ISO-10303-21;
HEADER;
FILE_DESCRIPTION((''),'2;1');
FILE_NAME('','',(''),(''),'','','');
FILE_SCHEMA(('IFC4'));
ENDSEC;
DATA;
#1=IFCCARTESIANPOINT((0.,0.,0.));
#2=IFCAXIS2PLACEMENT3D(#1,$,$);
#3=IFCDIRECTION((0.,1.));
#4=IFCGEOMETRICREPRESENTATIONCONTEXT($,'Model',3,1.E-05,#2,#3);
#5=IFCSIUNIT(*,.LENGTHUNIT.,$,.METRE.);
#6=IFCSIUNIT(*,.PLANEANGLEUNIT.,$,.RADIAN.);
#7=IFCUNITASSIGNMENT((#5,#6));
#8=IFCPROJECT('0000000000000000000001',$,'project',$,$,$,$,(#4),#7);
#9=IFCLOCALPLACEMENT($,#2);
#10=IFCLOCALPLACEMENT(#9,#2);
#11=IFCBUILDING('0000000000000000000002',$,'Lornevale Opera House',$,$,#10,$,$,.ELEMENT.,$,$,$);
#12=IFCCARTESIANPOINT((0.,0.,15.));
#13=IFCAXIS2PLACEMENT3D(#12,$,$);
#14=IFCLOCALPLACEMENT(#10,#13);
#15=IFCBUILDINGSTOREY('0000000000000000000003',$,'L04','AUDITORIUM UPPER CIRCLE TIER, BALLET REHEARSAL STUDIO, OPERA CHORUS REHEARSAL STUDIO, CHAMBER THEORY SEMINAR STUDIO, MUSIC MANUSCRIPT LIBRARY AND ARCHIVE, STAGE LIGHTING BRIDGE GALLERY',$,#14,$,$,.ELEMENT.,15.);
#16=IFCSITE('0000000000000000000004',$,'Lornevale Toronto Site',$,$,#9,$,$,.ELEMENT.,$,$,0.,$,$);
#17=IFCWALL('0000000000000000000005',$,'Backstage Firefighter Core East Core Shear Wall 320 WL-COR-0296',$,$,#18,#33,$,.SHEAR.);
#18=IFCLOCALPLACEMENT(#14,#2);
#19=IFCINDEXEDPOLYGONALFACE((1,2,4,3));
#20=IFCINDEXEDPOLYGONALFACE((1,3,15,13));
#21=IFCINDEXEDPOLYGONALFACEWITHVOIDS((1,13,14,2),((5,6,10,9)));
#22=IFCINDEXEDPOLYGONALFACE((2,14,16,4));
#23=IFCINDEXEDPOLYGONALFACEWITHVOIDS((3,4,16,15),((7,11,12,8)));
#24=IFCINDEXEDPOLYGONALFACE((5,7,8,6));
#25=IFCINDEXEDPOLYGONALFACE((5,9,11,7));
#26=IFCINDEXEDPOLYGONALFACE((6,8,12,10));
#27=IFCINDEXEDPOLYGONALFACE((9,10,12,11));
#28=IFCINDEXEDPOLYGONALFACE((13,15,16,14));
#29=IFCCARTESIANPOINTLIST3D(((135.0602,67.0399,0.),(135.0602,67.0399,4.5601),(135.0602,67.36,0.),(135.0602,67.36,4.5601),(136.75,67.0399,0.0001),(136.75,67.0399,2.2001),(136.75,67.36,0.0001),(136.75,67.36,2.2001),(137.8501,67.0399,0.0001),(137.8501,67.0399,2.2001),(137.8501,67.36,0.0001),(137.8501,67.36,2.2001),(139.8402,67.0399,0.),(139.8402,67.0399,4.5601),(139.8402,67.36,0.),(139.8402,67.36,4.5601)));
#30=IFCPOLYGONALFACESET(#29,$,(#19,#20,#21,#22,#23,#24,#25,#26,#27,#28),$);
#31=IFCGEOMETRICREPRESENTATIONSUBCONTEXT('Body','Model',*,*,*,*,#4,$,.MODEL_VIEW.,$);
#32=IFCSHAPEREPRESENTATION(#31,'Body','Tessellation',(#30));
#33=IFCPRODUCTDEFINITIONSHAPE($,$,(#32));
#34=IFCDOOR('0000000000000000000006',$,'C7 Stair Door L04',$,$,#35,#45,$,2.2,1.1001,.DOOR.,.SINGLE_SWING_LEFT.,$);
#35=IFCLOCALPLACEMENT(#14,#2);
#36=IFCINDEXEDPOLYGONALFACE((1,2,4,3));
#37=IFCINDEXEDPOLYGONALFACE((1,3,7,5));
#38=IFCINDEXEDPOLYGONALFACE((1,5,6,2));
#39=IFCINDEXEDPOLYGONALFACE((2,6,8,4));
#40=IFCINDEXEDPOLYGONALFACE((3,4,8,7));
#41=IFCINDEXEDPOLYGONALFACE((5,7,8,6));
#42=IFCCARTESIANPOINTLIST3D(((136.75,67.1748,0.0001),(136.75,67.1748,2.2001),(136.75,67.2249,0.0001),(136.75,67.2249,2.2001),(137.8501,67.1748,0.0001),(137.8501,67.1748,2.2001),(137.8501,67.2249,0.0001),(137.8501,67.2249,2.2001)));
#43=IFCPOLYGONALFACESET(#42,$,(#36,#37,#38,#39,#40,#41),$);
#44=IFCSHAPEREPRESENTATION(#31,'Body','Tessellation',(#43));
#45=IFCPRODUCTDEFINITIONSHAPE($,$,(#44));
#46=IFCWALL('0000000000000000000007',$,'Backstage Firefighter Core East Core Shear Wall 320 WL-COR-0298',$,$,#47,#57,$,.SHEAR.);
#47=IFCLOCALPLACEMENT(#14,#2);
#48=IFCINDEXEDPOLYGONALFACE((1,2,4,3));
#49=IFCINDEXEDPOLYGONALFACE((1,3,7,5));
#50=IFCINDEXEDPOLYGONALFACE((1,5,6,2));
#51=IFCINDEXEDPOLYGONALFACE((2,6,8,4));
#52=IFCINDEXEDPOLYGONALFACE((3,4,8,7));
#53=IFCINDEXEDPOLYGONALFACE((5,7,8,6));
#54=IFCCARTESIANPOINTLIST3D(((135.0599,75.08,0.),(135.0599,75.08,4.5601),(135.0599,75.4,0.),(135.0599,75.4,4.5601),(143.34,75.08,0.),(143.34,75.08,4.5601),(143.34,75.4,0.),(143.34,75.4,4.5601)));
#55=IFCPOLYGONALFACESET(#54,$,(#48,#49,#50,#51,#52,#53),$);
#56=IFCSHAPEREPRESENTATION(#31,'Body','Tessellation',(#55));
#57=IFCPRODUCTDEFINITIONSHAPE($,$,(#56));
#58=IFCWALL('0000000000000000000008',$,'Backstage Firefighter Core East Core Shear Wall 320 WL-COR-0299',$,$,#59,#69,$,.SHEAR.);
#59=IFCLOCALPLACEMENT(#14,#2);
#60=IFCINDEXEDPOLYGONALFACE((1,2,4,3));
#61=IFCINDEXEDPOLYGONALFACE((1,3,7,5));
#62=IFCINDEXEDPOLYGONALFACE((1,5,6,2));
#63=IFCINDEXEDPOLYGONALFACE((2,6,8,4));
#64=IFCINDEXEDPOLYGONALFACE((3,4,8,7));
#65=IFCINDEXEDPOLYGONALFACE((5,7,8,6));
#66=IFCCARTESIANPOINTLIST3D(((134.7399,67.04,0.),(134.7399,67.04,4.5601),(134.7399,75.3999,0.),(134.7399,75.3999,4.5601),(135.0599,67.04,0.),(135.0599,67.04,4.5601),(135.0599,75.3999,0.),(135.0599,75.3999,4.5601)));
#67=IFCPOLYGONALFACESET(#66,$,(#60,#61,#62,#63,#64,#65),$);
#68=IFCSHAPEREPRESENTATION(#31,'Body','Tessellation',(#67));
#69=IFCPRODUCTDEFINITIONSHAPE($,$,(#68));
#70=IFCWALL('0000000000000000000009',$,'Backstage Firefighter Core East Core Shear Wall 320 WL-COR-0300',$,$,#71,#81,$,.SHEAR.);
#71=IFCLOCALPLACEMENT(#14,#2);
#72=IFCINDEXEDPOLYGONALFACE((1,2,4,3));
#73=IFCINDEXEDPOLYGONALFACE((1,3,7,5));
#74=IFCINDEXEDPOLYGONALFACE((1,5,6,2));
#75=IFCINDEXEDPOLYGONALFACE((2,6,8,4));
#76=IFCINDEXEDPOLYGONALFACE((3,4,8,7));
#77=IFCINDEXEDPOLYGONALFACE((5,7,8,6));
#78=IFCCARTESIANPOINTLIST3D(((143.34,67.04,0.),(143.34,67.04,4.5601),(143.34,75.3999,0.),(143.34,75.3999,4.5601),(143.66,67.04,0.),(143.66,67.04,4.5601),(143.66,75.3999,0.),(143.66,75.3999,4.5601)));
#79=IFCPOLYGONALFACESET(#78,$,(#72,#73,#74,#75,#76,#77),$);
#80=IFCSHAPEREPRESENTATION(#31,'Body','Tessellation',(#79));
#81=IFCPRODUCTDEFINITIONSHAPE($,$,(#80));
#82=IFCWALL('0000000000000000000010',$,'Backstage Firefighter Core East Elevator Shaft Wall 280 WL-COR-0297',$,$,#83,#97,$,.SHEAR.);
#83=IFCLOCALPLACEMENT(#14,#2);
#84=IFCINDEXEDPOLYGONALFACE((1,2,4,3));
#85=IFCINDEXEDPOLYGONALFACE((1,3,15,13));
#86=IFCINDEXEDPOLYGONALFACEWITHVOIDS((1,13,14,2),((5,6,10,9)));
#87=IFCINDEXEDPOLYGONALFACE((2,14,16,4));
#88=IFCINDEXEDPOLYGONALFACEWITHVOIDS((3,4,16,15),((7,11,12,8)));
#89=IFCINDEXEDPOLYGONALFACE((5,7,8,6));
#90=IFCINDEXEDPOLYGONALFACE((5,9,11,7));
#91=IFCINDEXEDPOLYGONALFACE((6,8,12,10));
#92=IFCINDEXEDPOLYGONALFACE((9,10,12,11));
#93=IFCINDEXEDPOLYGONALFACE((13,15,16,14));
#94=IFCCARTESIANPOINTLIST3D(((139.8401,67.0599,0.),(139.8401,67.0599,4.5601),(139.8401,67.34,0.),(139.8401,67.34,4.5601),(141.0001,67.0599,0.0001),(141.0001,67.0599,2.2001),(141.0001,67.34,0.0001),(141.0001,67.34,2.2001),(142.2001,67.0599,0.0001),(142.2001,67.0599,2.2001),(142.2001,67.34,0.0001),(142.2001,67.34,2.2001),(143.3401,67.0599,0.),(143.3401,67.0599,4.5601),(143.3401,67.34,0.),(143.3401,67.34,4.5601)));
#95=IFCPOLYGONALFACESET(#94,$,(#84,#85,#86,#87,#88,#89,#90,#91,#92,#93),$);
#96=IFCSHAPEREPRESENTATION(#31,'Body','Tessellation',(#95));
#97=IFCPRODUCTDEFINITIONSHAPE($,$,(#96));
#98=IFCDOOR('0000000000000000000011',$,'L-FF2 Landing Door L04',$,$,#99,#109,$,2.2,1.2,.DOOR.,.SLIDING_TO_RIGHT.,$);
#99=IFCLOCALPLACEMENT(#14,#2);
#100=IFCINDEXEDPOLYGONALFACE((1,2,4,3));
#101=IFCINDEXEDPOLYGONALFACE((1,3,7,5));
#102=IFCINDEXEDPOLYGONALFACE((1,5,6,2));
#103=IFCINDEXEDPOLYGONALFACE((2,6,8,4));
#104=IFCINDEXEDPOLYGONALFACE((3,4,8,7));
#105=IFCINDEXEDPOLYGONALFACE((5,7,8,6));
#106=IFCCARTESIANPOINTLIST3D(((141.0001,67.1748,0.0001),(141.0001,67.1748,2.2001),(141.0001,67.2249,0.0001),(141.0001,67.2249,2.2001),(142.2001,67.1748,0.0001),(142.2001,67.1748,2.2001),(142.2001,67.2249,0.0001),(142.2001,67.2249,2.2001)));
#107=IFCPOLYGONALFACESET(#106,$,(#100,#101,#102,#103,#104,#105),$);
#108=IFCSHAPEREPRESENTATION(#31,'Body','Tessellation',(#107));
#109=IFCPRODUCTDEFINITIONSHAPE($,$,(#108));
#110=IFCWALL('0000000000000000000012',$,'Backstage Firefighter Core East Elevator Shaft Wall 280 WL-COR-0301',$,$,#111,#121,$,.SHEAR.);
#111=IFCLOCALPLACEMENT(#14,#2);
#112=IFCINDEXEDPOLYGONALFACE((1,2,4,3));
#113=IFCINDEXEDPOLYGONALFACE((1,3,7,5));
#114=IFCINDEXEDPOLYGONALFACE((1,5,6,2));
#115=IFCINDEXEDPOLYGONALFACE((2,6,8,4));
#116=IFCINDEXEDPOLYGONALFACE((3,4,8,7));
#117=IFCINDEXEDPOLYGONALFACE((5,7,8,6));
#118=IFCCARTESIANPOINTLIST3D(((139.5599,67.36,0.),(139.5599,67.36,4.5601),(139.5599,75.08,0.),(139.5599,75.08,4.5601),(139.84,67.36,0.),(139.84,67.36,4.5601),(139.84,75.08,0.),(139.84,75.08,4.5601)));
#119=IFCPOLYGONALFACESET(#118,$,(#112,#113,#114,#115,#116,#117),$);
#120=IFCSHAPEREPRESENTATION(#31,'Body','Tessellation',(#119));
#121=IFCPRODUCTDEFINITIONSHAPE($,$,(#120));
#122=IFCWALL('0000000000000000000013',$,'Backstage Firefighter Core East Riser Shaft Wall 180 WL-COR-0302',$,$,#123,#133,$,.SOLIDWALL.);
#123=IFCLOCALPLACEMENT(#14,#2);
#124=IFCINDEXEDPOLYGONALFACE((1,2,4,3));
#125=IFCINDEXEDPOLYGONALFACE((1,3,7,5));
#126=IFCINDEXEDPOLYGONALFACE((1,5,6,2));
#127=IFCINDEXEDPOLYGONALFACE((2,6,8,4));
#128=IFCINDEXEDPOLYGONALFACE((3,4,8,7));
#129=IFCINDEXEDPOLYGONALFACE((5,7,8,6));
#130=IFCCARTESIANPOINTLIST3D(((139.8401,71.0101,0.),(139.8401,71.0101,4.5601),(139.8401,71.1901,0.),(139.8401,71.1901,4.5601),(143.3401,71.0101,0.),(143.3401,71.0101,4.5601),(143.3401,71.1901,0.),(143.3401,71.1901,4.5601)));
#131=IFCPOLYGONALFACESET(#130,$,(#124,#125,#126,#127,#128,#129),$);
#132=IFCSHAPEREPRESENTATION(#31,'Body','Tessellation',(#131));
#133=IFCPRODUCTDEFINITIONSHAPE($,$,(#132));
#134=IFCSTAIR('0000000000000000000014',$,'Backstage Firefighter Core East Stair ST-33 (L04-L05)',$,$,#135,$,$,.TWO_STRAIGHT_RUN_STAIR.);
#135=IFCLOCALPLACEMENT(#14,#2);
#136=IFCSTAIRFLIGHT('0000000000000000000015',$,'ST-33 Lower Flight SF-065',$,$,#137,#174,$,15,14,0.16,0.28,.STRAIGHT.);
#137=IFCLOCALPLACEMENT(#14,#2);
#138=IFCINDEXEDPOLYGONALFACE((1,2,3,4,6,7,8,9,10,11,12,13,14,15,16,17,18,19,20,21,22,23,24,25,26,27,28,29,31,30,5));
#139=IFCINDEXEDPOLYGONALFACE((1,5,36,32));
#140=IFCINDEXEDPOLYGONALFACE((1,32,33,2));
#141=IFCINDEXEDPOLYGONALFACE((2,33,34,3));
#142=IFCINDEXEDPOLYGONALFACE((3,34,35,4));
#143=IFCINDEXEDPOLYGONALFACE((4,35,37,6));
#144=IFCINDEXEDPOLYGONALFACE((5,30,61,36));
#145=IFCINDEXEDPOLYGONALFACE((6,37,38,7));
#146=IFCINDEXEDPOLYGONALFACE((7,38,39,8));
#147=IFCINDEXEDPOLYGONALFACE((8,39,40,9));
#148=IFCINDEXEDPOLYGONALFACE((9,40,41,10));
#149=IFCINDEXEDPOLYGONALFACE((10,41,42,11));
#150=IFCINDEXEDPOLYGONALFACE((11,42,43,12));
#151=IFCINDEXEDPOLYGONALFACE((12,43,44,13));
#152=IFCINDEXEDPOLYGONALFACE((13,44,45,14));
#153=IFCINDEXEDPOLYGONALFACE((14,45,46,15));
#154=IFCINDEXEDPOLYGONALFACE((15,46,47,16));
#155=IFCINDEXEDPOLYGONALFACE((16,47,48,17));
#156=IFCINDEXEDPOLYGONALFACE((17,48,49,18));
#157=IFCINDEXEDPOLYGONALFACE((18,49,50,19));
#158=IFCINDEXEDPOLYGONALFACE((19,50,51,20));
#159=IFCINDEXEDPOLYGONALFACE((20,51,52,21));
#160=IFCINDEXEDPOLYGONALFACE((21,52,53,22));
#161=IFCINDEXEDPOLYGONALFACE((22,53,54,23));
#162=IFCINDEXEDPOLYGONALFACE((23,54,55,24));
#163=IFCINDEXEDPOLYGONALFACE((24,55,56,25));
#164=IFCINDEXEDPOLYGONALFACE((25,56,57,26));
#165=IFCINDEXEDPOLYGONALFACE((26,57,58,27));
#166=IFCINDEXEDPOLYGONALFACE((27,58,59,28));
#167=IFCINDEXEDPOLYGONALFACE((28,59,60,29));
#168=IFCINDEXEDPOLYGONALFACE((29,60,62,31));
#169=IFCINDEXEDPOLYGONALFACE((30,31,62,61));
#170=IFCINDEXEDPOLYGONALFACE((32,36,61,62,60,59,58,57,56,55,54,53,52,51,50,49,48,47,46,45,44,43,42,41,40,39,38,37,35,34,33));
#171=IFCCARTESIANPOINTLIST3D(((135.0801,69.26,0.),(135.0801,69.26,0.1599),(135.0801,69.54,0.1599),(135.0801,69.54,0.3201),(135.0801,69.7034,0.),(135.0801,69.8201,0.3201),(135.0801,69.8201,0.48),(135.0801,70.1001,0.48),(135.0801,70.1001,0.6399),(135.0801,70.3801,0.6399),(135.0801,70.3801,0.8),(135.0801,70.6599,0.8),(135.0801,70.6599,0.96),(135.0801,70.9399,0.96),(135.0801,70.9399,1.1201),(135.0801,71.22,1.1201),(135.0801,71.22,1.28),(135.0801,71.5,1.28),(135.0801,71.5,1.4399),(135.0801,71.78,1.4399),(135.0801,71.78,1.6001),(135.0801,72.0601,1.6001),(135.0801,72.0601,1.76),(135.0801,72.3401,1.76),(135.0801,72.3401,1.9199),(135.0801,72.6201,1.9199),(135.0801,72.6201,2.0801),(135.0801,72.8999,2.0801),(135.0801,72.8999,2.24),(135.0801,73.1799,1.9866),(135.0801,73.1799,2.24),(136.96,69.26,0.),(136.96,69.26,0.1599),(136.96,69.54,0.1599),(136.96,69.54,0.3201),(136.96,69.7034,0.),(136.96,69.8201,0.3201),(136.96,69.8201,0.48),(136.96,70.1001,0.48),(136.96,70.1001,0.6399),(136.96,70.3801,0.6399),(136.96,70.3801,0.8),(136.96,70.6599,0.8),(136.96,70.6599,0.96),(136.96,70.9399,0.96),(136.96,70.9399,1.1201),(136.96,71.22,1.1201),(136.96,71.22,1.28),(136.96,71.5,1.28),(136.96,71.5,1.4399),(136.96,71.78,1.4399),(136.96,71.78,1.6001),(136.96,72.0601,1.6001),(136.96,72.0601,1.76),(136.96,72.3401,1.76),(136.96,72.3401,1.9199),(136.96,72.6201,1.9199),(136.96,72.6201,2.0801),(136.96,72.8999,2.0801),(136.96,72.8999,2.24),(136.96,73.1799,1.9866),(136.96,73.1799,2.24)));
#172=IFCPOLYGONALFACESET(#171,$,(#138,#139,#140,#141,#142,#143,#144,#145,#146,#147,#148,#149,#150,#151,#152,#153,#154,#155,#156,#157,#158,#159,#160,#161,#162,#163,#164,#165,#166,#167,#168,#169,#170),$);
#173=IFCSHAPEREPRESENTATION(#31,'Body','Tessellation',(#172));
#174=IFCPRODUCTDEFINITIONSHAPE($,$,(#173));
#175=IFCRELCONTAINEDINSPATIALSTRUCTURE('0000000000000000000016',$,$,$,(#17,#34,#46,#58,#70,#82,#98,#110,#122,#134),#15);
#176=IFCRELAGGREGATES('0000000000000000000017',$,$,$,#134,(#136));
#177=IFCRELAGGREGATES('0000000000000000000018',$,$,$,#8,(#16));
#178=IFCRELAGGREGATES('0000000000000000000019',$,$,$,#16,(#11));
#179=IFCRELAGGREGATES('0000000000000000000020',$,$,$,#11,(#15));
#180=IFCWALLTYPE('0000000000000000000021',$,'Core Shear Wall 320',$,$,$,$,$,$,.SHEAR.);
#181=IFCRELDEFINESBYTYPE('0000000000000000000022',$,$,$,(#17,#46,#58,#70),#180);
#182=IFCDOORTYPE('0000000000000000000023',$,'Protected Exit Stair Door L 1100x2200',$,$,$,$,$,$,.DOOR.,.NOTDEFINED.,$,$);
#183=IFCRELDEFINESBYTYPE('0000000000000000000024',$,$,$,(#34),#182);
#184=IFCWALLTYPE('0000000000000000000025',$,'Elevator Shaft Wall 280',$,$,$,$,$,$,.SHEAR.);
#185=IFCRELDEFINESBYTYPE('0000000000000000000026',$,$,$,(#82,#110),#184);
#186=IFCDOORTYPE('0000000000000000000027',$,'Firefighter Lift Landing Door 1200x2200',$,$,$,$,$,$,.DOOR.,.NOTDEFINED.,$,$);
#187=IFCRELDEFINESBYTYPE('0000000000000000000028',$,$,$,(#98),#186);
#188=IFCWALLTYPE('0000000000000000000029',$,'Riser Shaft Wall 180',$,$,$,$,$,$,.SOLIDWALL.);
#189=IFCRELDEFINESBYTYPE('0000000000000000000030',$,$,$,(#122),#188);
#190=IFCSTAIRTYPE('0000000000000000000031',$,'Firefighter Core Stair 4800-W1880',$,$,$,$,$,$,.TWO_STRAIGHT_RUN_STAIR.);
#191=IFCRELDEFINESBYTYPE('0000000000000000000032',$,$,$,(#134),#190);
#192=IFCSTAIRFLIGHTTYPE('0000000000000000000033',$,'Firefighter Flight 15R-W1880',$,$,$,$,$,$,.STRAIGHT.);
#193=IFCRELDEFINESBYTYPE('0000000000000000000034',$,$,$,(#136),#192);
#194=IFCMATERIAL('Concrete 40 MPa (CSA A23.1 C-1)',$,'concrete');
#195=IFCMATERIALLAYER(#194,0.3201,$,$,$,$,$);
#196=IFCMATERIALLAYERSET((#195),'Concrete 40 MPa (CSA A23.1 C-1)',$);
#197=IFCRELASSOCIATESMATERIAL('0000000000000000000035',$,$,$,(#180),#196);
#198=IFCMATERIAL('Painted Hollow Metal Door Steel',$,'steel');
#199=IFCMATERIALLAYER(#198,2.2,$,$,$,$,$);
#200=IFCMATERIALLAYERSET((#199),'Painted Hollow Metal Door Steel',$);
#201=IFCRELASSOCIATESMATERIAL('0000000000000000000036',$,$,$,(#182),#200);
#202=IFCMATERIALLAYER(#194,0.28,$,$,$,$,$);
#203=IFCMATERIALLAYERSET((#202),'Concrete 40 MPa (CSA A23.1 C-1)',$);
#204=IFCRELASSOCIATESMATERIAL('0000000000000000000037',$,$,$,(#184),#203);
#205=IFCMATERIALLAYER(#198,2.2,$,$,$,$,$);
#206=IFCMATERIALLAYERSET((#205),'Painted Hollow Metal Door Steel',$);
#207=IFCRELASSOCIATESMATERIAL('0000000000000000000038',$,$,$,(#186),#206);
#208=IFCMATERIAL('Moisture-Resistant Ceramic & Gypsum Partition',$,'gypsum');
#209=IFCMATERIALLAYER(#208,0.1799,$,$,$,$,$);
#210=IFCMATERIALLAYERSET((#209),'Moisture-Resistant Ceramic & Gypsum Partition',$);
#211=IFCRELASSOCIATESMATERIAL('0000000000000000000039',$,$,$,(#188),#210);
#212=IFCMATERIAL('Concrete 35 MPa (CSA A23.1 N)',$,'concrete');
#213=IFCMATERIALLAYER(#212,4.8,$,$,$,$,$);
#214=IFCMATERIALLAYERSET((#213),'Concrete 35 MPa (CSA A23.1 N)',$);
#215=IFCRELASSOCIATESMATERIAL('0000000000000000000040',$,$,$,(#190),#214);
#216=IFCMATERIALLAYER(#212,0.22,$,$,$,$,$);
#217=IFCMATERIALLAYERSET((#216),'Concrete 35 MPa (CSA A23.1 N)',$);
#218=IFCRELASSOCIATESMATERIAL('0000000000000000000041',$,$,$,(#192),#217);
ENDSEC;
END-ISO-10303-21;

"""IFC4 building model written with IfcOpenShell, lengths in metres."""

from ifc_helpers import new_model, si_unit, direction, frame, frame_2d, origin, place, context, subcontext, project, spatial, polyline, rectangle, outline, extrude, material, layer, layer_set, type_object, element, fill, aggregate, save


model = new_model("IFC4")

# Units and contexts
model_context = context("Model", 3, precision=1e-05, world=origin(), true_north=direction((0.0, 1.0)))
body_context = subcontext(model_context, "Body", "Model", "MODEL_VIEW")
ifc_project = project(units=[si_unit("LENGTHUNIT", "METRE"), si_unit("PLANEANGLEUNIT", "RADIAN")], contexts=[model_context])

# Site, building, storey
site_placement = place(None, origin())
site = spatial("IfcSite", under=ifc_project, at=site_placement, Name="Lornevale Toronto Site", CompositionType="ELEMENT", RefElevation=0.0)
building_placement = place(site_placement, origin())
building = spatial("IfcBuilding", under=site, at=building_placement, Name="Lornevale Opera House", CompositionType="ELEMENT")
storey_placement = place(building_placement, frame((0.0, 0.0, 15.0)))
storey = spatial("IfcBuildingStorey", under=building, at=storey_placement, Name="L04", Description="AUDITORIUM UPPER CIRCLE TIER, BALLET REHEARSAL STUDIO, OPERA CHORUS REHEARSAL STUDIO, CHAMBER THEORY SEMINAR STUDIO, MUSIC MANUSCRIPT LIBRARY AND ARCHIVE, STAGE LIGHTING BRIDGE GALLERY", CompositionType="ELEMENT", Elevation=15.0)

# Wall, opening, door
ifc_material_1 = material(Name="Concrete 40 MPa (CSA A23.1 C-1)", Category="concrete")
ifc_layer_1 = layer(ifc_material_1, 0.3201)
ifc_layer_set_1 = layer_set([ifc_layer_1], Name="Concrete 40 MPa (CSA A23.1 C-1)")
wall_type_1 = type_object("IfcWallType", Name="Core Shear Wall 320", PredefinedType="SHEAR", material=ifc_layer_set_1)
wall_1_placement = place(storey_placement, frame((135.0601, 67.2, 0.0), z_axis=(0.0, 0.0, 1.0), x_axis=(1.0, 0.0, 0.0)))
wall_1 = element("IfcWall", 1, at=wall_1_placement, inside=storey, type_object=wall_type_1, Name="Backstage Firefighter Core East Core Shear Wall 320 WL-COR-0296", PredefinedType="SHEAR", context=body_context, shape_type="SweptSolid", body=[
    extrude(rectangle(XDim=4.78, YDim=0.3201, at=frame_2d((2.3901, 0.0))), origin(), (0.0, 0.0, 1.0), 4.5601),
])
opening_1_placement = place(wall_1_placement, frame((1.6899, 0.0, 0.0)))
opening_1 = element("IfcOpeningElement", 2, at=opening_1_placement, cuts=wall_1, PredefinedType="OPENING", context=body_context, shape_type="SweptSolid", body=[
    extrude(rectangle(XDim=1.1001, YDim=2.2, at=frame_2d((0.55, 1.1001))), frame((0.0, 0.1699, 0.0), z_axis=(0.0, -1.0, 0.0), x_axis=(1.0, 0.0, 0.0)), (0.0, 0.0, 1.0), 0.3401),
])
ifc_material_2 = material(Name="Painted Hollow Metal Door Steel", Category="steel")
ifc_layer_2 = layer(ifc_material_2, 2.2)
ifc_layer_set_2 = layer_set([ifc_layer_2], Name="Painted Hollow Metal Door Steel")
door_type_1 = type_object("IfcDoorType", Name="Protected Exit Stair Door L 1100x2200", OperationType="NOTDEFINED", PredefinedType="DOOR", material=ifc_layer_set_2)
door_1_placement = place(opening_1_placement, origin())
door_1 = element("IfcDoor", 3, at=door_1_placement, inside=storey, type_object=door_type_1, Name="C7 Stair Door L04", OperationType="SINGLE_SWING_LEFT", OverallHeight=2.2, OverallWidth=1.1001, PredefinedType="DOOR", context=body_context, shape_type="SweptSolid", body=[
    extrude(rectangle(XDim=1.1001, YDim=2.2, at=frame_2d((0.55, 1.1001))), frame((0.0, 0.0249, 0.0), z_axis=(0.0, -1.0, 0.0), x_axis=(1.0, 0.0, 0.0)), (0.0, 0.0, 1.0), 0.05),
])
fill(opening_1, door_1)

# Walls
wall_2_placement = place(storey_placement, frame((143.3401, 75.24, 0.0), z_axis=(0.0, 0.0, 1.0), x_axis=(-1.0, 0.0, 0.0)))
element("IfcWall", 4, at=wall_2_placement, inside=storey, type_object=wall_type_1, Name="Backstage Firefighter Core East Core Shear Wall 320 WL-COR-0298", PredefinedType="SHEAR", context=body_context, shape_type="SweptSolid", body=[
    extrude(rectangle(XDim=8.28, YDim=0.3201, at=frame_2d((4.1401, 0.0))), origin(), (0.0, 0.0, 1.0), 4.5601),
])
for number, where, z_axis, x_axis, name in (
    (5, (134.8999, 75.3999, 0.0), (0.0, 0.0, 1.0), (0.0, -1.0, 0.0), "Backstage Firefighter Core East Core Shear Wall 320 WL-COR-0299"),
    (6, (143.5, 67.04, 0.0), (0.0, 0.0, 1.0), (0.0, 1.0, 0.0), "Backstage Firefighter Core East Core Shear Wall 320 WL-COR-0300"),
):
    element("IfcWall", number, at=place(storey_placement, frame(where, z_axis=z_axis, x_axis=x_axis)), inside=storey, type_object=wall_type_1, Name=name, PredefinedType="SHEAR", context=body_context, shape_type="SweptSolid", body=[
        extrude(rectangle(XDim=8.3599, YDim=0.3201, at=frame_2d((4.1799, 0.0))), origin(), (0.0, 0.0, 1.0), 4.5601),
    ])

# Wall, opening, door
ifc_layer_3 = layer(ifc_material_1, 0.28)
ifc_layer_set_3 = layer_set([ifc_layer_3], Name="Concrete 40 MPa (CSA A23.1 C-1)")
wall_type_2 = type_object("IfcWallType", Name="Elevator Shaft Wall 280", PredefinedType="SHEAR", material=ifc_layer_set_3)
wall_3_placement = place(storey_placement, frame((139.8401, 67.2, 0.0), z_axis=(0.0, 0.0, 1.0), x_axis=(1.0, 0.0, 0.0)))
wall_3 = element("IfcWall", 7, at=wall_3_placement, inside=storey, type_object=wall_type_2, Name="Backstage Firefighter Core East Elevator Shaft Wall 280 WL-COR-0297", PredefinedType="SHEAR", context=body_context, shape_type="SweptSolid", body=[
    extrude(rectangle(XDim=3.5, YDim=0.28, at=frame_2d((1.75, 0.0))), origin(), (0.0, 0.0, 1.0), 4.5601),
])
opening_2_placement = place(wall_3_placement, frame((1.1599, 0.0, 0.0)))
opening_2 = element("IfcOpeningElement", 8, at=opening_2_placement, cuts=wall_3, PredefinedType="OPENING", context=body_context, shape_type="SweptSolid", body=[
    extrude(rectangle(XDim=1.2, YDim=2.2, at=frame_2d((0.6001, 1.1001))), frame((0.0, 0.1499, 0.0), z_axis=(0.0, -1.0, 0.0), x_axis=(1.0, 0.0, 0.0)), (0.0, 0.0, 1.0), 0.3),
])
ifc_layer_4 = layer(ifc_material_2, 2.2)
ifc_layer_set_4 = layer_set([ifc_layer_4], Name="Painted Hollow Metal Door Steel")
door_type_2 = type_object("IfcDoorType", Name="Firefighter Lift Landing Door 1200x2200", OperationType="NOTDEFINED", PredefinedType="DOOR", material=ifc_layer_set_4)
door_2_placement = place(opening_2_placement, origin())
door_2 = element("IfcDoor", 9, at=door_2_placement, inside=storey, type_object=door_type_2, Name="L-FF2 Landing Door L04", OperationType="SLIDING_TO_RIGHT", OverallHeight=2.2, OverallWidth=1.2, PredefinedType="DOOR", context=body_context, shape_type="SweptSolid", body=[
    extrude(rectangle(XDim=1.2, YDim=2.2, at=frame_2d((0.6001, 1.1001))), frame((0.0, 0.0249, 0.0), z_axis=(0.0, -1.0, 0.0), x_axis=(1.0, 0.0, 0.0)), (0.0, 0.0, 1.0), 0.05),
])
fill(opening_2, door_2)

# Walls
wall_4_placement = place(storey_placement, frame((139.7, 67.3601, 0.0), z_axis=(0.0, 0.0, 1.0), x_axis=(0.0, 1.0, 0.0)))
element("IfcWall", 10, at=wall_4_placement, inside=storey, type_object=wall_type_2, Name="Backstage Firefighter Core East Elevator Shaft Wall 280 WL-COR-0301", PredefinedType="SHEAR", context=body_context, shape_type="SweptSolid", body=[
    extrude(rectangle(XDim=7.72, YDim=0.28, at=frame_2d((3.8599, 0.0))), origin(), (0.0, 0.0, 1.0), 4.5601),
])
ifc_material_3 = material(Name="Moisture-Resistant Ceramic & Gypsum Partition", Category="gypsum")
ifc_layer_5 = layer(ifc_material_3, 0.1799)
ifc_layer_set_5 = layer_set([ifc_layer_5], Name="Moisture-Resistant Ceramic & Gypsum Partition")
wall_type_3 = type_object("IfcWallType", Name="Riser Shaft Wall 180", PredefinedType="SOLIDWALL", material=ifc_layer_set_5)
wall_5_placement = place(storey_placement, frame((139.8401, 71.1001, 0.0), z_axis=(0.0, 0.0, 1.0), x_axis=(1.0, 0.0, 0.0)))
element("IfcWall", 11, at=wall_5_placement, inside=storey, type_object=wall_type_3, Name="Backstage Firefighter Core East Riser Shaft Wall 180 WL-COR-0302", PredefinedType="SOLIDWALL", context=body_context, shape_type="SweptSolid", body=[
    extrude(rectangle(XDim=3.5, YDim=0.1799, at=frame_2d((1.75, 0.0))), origin(), (0.0, 0.0, 1.0), 4.5601),
])

# Stair, stair flight
ifc_material_4 = material(Name="Concrete 35 MPa (CSA A23.1 N)", Category="concrete")
ifc_layer_6 = layer(ifc_material_4, 4.8)
ifc_layer_set_6 = layer_set([ifc_layer_6], Name="Concrete 35 MPa (CSA A23.1 N)")
stair_type = type_object("IfcStairType", Name="Firefighter Core Stair 4800-W1880", PredefinedType="TWO_STRAIGHT_RUN_STAIR", material=ifc_layer_set_6)
stair_placement = place(storey_placement, origin())
stair = element("IfcStair", 12, at=stair_placement, inside=storey, type_object=stair_type, Name="Backstage Firefighter Core East Stair ST-33 (L04-L05)", PredefinedType="TWO_STRAIGHT_RUN_STAIR")
ifc_layer_7 = layer(ifc_material_4, 0.22)
ifc_layer_set_7 = layer_set([ifc_layer_7], Name="Concrete 35 MPa (CSA A23.1 N)")
stair_flight_type = type_object("IfcStairFlightType", Name="Firefighter Flight 15R-W1880", PredefinedType="STRAIGHT", material=ifc_layer_set_7)
stair_flight_1_placement = place(storey_placement, frame((136.02, 69.26, 0.0), z_axis=(0.0, 0.0, 1.0), x_axis=(0.0, 1.0, 0.0)))
stair_flight_1 = element("IfcStairFlight", 13, at=stair_flight_1_placement, type_object=stair_flight_type, Name="ST-33 Lower Flight SF-065", NumberOfRisers=15, NumberOfTreads=14, PredefinedType="STRAIGHT", RiserHeight=0.16, TreadLength=0.28, context=body_context, shape_type="SweptSolid", body=[
    extrude(outline(polyline([(0.0, 0.0), (0.0, 0.1599), (0.28, 0.1599), (0.28, 0.3201), (0.5601, 0.3201), (0.5601, 0.48), (0.8401, 0.48), (0.8401, 0.6399), (1.1201, 0.6399), (1.1201, 0.8), (1.3999, 0.8), (1.3999, 0.96), (1.6799, 0.96), (1.6799, 1.1201), (1.96, 1.1201), (1.96, 1.28), (2.24, 1.28), (2.24, 1.4399), (2.52, 1.4399), (2.52, 1.6001), (2.8, 1.6001), (2.8, 1.76), (3.0801, 1.76), (3.0801, 1.9199), (3.3601, 1.9199), (3.3601, 2.0801), (3.6399, 2.0801), (3.6399, 2.24), (3.9199, 2.24), (3.9199, 1.9866), (0.4434, 0.0), (0.0, 0.0)])), frame((0.0, 0.9399, 0.0), z_axis=(0.0, -1.0, 0.0), x_axis=(1.0, 0.0, 0.0)), (0.0, 0.0, 1.0), 1.8799),
])
aggregate(stair, [stair_flight_1])

save(model, "model.ifc")
